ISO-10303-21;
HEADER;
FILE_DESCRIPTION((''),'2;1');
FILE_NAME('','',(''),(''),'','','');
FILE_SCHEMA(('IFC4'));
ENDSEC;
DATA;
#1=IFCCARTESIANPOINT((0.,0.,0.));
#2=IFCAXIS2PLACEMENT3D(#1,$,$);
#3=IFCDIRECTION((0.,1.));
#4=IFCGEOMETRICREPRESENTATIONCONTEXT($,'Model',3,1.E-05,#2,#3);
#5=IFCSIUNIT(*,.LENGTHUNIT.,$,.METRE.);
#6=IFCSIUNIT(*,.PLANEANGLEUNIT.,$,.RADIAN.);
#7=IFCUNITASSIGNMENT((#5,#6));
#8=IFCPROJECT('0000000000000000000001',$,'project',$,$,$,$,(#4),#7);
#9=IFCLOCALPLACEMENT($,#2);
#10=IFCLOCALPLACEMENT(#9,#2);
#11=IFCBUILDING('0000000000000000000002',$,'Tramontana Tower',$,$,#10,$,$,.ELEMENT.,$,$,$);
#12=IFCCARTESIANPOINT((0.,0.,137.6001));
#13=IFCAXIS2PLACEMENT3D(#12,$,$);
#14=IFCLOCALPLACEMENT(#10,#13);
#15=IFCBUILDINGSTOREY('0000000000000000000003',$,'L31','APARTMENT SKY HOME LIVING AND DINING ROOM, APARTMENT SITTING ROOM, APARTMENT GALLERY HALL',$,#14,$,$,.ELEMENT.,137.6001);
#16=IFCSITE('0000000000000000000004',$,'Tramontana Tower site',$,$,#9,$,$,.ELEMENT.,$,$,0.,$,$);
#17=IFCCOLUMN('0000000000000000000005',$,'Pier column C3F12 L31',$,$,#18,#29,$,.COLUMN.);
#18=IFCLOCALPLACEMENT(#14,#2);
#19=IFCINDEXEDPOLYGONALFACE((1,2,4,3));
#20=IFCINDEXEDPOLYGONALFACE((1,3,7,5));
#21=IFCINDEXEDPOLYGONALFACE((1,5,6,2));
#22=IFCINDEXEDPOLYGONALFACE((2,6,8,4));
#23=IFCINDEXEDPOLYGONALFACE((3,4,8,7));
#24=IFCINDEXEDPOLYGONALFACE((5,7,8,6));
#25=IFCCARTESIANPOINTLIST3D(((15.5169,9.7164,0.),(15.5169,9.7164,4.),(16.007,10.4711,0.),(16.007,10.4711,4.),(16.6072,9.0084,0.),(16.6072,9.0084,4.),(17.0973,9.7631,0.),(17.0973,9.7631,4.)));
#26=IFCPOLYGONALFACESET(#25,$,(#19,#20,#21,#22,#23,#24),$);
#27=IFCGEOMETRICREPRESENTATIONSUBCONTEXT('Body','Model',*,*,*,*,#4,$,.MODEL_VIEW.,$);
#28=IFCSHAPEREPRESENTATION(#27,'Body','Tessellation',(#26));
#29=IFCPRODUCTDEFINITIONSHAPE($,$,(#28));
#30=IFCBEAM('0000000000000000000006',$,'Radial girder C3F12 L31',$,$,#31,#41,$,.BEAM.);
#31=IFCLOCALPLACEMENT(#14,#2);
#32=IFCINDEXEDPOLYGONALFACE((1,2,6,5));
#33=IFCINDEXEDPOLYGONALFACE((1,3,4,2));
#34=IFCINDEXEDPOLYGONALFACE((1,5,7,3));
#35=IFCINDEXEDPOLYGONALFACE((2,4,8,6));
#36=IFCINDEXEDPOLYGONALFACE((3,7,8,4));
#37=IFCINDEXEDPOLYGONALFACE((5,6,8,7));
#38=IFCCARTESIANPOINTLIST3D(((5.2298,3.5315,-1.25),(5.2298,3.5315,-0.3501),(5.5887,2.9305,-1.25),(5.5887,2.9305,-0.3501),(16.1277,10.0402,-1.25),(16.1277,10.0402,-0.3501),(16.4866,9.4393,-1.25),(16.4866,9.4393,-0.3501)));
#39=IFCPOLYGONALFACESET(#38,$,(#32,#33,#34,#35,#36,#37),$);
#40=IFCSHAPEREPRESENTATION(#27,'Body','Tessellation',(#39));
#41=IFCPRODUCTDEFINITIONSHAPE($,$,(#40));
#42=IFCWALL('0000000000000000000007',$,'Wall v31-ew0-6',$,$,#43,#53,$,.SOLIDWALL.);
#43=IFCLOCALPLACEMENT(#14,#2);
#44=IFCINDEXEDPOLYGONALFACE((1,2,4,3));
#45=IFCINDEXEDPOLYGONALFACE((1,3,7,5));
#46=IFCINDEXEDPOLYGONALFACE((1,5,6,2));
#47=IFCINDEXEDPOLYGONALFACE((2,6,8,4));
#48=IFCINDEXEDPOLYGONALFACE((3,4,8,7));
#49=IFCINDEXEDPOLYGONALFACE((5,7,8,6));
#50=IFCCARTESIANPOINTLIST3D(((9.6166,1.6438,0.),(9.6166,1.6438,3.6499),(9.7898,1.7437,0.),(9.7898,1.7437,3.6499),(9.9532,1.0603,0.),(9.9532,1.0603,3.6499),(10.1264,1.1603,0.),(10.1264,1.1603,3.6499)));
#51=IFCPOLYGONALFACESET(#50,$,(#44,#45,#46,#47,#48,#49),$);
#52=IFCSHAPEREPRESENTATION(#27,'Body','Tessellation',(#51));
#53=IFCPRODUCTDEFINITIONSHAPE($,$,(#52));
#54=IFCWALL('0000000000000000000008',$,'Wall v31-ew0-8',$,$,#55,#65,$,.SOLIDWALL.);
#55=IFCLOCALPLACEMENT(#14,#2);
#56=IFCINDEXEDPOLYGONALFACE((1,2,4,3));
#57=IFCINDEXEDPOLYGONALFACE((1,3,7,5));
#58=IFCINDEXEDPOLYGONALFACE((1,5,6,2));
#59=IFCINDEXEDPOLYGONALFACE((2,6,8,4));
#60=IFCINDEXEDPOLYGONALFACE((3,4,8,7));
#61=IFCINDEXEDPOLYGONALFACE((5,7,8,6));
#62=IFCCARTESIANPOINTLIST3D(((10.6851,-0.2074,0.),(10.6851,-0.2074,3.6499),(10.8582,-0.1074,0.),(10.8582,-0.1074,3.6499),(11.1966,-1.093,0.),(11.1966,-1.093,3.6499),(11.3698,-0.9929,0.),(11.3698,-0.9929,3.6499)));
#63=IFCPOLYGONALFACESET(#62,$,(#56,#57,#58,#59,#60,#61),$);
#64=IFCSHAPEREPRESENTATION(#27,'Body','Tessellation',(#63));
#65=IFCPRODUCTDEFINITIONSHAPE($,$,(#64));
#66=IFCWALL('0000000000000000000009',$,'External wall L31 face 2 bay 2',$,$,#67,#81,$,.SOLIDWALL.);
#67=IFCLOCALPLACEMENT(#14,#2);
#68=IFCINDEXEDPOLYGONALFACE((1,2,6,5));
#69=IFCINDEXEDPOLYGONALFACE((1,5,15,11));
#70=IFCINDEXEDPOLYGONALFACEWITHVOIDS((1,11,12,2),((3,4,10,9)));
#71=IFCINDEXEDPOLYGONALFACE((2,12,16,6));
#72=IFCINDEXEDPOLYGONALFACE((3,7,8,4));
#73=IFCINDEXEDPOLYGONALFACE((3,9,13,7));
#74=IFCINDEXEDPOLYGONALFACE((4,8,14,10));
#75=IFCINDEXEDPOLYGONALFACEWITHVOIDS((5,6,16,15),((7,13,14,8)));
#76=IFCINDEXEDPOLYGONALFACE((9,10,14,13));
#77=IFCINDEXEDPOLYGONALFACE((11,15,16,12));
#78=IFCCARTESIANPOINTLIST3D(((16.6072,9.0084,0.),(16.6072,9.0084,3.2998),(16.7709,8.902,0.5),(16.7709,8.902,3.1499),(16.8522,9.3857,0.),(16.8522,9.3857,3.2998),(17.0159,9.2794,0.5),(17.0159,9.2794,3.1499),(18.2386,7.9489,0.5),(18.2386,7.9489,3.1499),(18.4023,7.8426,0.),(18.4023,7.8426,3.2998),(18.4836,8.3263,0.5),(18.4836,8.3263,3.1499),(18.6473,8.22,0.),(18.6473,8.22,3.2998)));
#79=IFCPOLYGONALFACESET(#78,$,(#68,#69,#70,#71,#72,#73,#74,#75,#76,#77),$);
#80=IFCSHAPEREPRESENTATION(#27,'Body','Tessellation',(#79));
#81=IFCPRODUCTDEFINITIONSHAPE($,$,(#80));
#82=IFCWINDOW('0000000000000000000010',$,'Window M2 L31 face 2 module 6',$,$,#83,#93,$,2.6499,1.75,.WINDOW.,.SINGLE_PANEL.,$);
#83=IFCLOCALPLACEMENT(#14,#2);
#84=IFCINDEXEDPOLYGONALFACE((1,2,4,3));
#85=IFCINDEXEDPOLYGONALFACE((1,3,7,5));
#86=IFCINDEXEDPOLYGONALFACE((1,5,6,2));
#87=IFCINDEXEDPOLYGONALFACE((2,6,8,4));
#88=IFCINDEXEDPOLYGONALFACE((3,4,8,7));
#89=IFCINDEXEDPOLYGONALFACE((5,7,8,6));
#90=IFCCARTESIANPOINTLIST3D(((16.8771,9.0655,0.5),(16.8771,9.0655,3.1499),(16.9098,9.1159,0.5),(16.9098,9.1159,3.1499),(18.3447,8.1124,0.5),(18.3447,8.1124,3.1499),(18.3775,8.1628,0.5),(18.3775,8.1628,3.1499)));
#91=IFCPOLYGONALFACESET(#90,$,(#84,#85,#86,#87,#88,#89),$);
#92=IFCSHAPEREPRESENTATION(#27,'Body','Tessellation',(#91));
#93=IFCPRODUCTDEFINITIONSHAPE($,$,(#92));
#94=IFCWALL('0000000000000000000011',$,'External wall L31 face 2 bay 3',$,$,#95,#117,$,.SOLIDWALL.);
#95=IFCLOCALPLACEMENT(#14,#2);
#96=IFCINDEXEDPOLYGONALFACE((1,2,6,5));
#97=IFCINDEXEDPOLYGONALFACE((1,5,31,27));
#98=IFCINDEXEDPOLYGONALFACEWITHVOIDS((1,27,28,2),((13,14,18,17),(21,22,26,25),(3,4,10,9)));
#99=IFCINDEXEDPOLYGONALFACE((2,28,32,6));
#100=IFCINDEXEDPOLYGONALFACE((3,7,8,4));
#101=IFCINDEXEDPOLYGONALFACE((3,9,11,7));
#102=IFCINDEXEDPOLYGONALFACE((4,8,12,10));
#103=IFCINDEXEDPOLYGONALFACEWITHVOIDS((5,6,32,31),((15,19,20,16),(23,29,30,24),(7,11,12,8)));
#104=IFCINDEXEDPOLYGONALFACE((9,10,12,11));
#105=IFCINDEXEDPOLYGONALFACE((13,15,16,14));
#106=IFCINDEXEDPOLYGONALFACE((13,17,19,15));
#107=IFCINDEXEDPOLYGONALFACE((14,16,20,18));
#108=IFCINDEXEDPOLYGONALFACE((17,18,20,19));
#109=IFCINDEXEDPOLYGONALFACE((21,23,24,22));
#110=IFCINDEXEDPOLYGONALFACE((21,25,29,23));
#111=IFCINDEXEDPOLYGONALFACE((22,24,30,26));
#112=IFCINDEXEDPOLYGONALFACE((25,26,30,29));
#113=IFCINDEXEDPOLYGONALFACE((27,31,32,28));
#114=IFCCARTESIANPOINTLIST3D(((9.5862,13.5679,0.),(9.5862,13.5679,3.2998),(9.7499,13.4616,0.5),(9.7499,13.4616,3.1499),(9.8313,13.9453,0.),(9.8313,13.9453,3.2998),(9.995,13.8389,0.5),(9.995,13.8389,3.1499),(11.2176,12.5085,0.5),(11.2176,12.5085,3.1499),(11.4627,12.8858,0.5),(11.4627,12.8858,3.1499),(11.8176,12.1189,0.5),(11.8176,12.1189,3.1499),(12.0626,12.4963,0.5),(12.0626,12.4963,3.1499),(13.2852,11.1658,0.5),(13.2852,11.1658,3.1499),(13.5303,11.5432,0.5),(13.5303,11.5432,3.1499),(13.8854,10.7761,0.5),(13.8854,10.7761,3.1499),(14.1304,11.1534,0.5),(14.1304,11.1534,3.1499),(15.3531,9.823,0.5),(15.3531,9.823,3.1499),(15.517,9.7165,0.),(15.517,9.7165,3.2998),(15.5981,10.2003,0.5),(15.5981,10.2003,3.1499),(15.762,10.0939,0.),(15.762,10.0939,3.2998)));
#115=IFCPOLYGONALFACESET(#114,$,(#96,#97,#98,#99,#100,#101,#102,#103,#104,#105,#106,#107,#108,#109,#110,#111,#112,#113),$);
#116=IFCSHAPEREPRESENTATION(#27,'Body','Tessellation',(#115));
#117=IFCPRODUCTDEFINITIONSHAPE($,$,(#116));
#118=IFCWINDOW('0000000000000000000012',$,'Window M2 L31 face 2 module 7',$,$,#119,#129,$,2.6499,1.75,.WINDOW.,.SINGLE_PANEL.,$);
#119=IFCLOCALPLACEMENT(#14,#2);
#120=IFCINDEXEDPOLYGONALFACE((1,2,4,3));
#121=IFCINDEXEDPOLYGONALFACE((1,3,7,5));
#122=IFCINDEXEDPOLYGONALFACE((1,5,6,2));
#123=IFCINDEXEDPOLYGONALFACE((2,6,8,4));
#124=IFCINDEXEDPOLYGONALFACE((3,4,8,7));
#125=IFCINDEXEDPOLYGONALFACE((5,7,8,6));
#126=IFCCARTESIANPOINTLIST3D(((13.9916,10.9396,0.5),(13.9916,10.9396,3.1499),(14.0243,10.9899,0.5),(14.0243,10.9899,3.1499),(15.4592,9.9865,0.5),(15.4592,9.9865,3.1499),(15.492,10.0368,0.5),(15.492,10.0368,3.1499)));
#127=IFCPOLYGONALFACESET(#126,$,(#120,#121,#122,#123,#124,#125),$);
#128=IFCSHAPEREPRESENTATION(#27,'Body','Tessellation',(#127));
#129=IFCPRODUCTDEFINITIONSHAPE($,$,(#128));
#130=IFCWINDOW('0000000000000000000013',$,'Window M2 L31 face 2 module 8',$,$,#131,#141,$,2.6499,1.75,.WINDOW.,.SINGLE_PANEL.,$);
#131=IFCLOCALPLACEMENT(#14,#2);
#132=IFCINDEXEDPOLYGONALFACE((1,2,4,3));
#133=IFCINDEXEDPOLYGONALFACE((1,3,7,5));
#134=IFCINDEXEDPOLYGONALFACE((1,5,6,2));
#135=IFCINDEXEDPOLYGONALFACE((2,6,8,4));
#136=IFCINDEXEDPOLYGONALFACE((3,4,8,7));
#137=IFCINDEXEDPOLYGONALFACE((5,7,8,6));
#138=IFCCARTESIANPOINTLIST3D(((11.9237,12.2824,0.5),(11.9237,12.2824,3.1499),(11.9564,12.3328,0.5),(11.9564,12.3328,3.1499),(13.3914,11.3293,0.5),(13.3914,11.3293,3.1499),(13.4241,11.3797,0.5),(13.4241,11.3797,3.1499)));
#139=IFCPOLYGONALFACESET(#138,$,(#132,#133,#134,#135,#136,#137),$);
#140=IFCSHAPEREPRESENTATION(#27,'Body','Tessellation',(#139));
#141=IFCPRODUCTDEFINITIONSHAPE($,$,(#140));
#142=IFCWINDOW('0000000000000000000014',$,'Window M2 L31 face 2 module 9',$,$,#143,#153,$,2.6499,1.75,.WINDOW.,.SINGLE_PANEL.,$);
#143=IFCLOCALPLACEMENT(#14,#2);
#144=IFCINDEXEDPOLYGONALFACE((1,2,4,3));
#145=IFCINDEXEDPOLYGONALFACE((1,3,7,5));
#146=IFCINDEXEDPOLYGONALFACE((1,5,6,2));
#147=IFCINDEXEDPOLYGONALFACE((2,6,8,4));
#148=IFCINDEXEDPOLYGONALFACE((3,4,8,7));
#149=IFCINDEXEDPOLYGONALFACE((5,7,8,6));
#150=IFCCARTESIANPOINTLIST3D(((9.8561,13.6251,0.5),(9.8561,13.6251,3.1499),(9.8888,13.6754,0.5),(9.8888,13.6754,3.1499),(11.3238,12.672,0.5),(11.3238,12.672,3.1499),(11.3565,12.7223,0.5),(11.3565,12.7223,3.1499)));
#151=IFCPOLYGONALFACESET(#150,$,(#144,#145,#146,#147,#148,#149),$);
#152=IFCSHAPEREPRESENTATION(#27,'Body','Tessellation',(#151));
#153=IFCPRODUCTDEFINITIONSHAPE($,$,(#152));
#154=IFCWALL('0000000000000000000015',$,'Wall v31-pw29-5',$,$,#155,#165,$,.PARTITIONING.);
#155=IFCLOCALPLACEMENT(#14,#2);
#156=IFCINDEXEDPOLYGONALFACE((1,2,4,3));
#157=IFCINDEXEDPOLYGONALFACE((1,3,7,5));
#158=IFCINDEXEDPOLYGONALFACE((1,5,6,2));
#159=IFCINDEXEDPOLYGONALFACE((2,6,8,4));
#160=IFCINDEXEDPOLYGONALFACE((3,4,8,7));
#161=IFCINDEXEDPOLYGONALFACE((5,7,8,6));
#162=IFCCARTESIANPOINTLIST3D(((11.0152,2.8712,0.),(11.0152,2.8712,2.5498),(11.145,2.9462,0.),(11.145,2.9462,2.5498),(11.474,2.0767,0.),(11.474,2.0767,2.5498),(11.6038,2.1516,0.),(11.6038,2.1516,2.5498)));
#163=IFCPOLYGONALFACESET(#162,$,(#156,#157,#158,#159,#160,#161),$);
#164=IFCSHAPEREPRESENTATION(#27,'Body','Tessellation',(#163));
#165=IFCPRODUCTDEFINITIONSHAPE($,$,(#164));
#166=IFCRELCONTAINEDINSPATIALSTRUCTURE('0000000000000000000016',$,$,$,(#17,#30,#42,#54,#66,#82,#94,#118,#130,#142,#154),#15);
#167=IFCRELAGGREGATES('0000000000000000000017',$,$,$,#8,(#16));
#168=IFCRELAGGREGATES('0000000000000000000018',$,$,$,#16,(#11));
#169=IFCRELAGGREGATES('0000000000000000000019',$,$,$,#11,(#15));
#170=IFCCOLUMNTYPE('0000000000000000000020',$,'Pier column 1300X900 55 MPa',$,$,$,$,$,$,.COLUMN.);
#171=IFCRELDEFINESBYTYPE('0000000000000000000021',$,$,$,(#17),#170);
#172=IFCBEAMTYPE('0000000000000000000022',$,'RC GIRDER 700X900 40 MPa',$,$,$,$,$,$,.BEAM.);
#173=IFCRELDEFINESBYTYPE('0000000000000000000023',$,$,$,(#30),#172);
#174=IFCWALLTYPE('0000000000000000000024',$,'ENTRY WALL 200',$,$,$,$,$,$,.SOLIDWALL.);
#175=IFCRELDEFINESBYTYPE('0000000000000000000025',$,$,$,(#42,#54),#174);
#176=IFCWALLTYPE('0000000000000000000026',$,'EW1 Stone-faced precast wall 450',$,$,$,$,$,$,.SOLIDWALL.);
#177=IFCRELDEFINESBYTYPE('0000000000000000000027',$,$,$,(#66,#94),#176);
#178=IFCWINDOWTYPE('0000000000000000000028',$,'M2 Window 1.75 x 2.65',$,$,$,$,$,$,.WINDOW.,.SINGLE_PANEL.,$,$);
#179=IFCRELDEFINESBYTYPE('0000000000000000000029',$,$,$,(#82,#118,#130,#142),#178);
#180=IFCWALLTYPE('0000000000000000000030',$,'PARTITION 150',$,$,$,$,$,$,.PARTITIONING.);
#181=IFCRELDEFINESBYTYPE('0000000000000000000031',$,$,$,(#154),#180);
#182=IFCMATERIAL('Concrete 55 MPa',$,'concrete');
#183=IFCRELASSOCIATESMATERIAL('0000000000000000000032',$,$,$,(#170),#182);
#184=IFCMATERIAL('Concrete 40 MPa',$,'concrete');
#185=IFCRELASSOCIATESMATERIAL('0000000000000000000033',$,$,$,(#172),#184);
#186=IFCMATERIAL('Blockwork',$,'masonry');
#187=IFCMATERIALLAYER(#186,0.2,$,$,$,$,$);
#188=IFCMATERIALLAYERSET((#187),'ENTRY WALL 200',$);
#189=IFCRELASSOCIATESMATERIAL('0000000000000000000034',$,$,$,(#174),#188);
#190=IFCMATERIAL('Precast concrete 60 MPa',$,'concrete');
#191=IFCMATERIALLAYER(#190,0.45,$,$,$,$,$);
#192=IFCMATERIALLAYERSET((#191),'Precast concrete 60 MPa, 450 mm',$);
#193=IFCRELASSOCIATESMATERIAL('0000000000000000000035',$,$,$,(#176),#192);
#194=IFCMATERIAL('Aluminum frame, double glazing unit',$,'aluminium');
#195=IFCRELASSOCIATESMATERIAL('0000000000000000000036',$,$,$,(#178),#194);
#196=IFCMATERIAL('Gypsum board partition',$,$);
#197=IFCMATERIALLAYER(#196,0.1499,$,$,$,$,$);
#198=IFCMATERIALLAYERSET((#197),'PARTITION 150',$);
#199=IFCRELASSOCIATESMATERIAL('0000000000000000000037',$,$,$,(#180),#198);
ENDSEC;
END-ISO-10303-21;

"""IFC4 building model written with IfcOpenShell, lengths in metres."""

from ifc_helpers import new_model, si_unit, direction, frame, frame_2d, origin, origin_2d, place, context, subcontext, project, spatial, rectangle, extrude, material, layer, layer_set, material_profile, profile_set, type_object, element, fill, save


model = new_model("IFC4")

# Units and contexts
model_context = context("Model", 3, precision=1e-05, world=origin(), true_north=direction((0.0, 1.0)))
body_context = subcontext(model_context, "Body", "Model", "MODEL_VIEW")
ifc_project = project(units=[si_unit("LENGTHUNIT", "METRE"), si_unit("PLANEANGLEUNIT", "RADIAN")], contexts=[model_context])

# Site, building, storey
site_placement = place(None, origin())
site = spatial("IfcSite", under=ifc_project, at=site_placement, Name="Tramontana Tower site", CompositionType="ELEMENT", RefElevation=0.0)
building_placement = place(site_placement, origin())
building = spatial("IfcBuilding", under=site, at=building_placement, Name="Tramontana Tower", CompositionType="ELEMENT")
storey_placement = place(building_placement, frame((0.0, 0.0, 137.6001)))
storey = spatial("IfcBuildingStorey", under=building, at=storey_placement, Name="L31", Description="APARTMENT SKY HOME LIVING AND DINING ROOM, APARTMENT SITTING ROOM, APARTMENT GALLERY HALL", CompositionType="ELEMENT", Elevation=137.6001)

# Column
ifc_material_1 = material(Name="Concrete 55 MPa", Category="concrete")
ifc_material_profile_1 = material_profile(ifc_material_1, rectangle(XDim=1.3, YDim=0.8999, at=origin_2d()), Name="Pier column 1300X900 55 MPa")
ifc_profile_set_1 = profile_set([ifc_material_profile_1], Name="Concrete 55 MPa")
column_type = type_object("IfcColumnType", Name="Pier column 1300X900 55 MPa", PredefinedType="COLUMN", material=ifc_profile_set_1)
column_placement = place(storey_placement, frame((16.3071, 9.7397, 0.0), z_axis=(0.0, 0.0, 1.0), x_axis=(-0.838671, 0.544639, 0.0)))
element("IfcColumn", 1, at=column_placement, inside=storey, type_object=column_type, Name="Pier column C3F12 L31", PredefinedType="COLUMN", context=body_context, shape_type="SweptSolid", body=[
    extrude(rectangle(XDim=1.3, YDim=0.8999, at=origin_2d()), origin(), (0.0, 0.0, 1.0), 4.0),
])

# Beam
ifc_material_2 = material(Name="Concrete 40 MPa", Category="concrete")
ifc_material_profile_2 = material_profile(ifc_material_2, rectangle(XDim=0.7, YDim=0.8999, at=origin_2d()), Name="RC GIRDER 700X900 40 MPa")
ifc_profile_set_2 = profile_set([ifc_material_profile_2], Name="Concrete 40 MPa")
beam_type = type_object("IfcBeamType", Name="RC GIRDER 700X900 40 MPa", PredefinedType="BEAM", material=ifc_profile_set_2)
beam_placement = place(storey_placement, frame((16.3071, 9.7397, -0.8), z_axis=(-0.858533, -0.512758, 0.0), x_axis=(0.512758, -0.858533, 0.0)))
element("IfcBeam", 2, at=beam_placement, inside=storey, type_object=beam_type, Name="Radial girder C3F12 L31", PredefinedType="BEAM", context=body_context, shape_type="SweptSolid", body=[
    extrude(rectangle(XDim=0.7, YDim=0.8999, at=origin_2d()), origin(), (0.0, 0.0, 1.0), 12.6936),
])

# Wall
ifc_material_3 = material(Name="Blockwork", Category="masonry")
ifc_layer_1 = layer(ifc_material_3, 0.2)
ifc_layer_set_1 = layer_set([ifc_layer_1], Name="ENTRY WALL 200")
wall_type_1 = type_object("IfcWallType", Name="ENTRY WALL 200", PredefinedType="SOLIDWALL", material=ifc_layer_set_1)
wall_1_placement = place(storey_placement, frame((9.7031, 1.6938, 0.0), z_axis=(0.0, 0.0, 1.0), x_axis=(0.499764, -0.866161, 0.0)))
element("IfcWall", 3, at=wall_1_placement, inside=storey, type_object=wall_type_1, Name="Wall v31-ew0-6", PredefinedType="SOLIDWALL", context=body_context, shape_type="SweptSolid", body=[
    extrude(rectangle(XDim=0.6736, YDim=0.2, at=frame_2d((0.3369, 0.0))), origin(), (0.0, 0.0, 1.0), 3.6499),
])

# Wall
wall_2_placement = place(storey_placement, frame((10.7717, -0.1575, 0.0), z_axis=(0.0, 0.0, 1.0), x_axis=(0.50017, -0.865927, 0.0)))
element("IfcWall", 4, at=wall_2_placement, inside=storey, type_object=wall_type_1, Name="Wall v31-ew0-8", PredefinedType="SOLIDWALL", context=body_context, shape_type="SweptSolid", body=[
    extrude(rectangle(XDim=1.0227, YDim=0.2, at=frame_2d((0.5112, 0.0))), origin(), (0.0, 0.0, 1.0), 3.6499),
])

# Wall, opening, window
ifc_material_4 = material(Name="Precast concrete 60 MPa", Category="concrete")
ifc_layer_2 = layer(ifc_material_4, 0.45)
ifc_layer_set_2 = layer_set([ifc_layer_2], Name="Precast concrete 60 MPa, 450 mm")
wall_type_2 = type_object("IfcWallType", Name="EW1 Stone-faced precast wall 450", PredefinedType="SOLIDWALL", material=ifc_layer_set_2)
wall_3_placement = place(storey_placement, frame((18.5249, 8.0312, 0.0), z_axis=(0.0, 0.0, 1.0), x_axis=(-0.838675, 0.544631, 0.0)))
wall_3 = element("IfcWall", 5, at=wall_3_placement, inside=storey, type_object=wall_type_2, Name="External wall L31 face 2 bay 2", PredefinedType="SOLIDWALL", context=body_context, shape_type="SweptSolid", body=[
    extrude(rectangle(XDim=2.1404, YDim=0.45, at=frame_2d((1.0703, 0.0))), origin(), (0.0, 0.0, 1.0), 3.2998),
])
opening_1_placement = place(wall_3_placement, frame((0.1953, 0.0, 0.5)))
opening_1 = element("IfcOpeningElement", 6, at=opening_1_placement, cuts=wall_3, PredefinedType="OPENING", context=body_context, shape_type="SweptSolid", body=[
    extrude(rectangle(XDim=1.75, YDim=2.6499, at=frame_2d((0.875, 1.325))), frame((0.0, 0.2349, 0.0), z_axis=(0.0, -1.0, 0.0), x_axis=(1.0, 0.0, 0.0)), (0.0, 0.0, 1.0), 0.47),
])
ifc_material_5 = material(Name="Aluminum frame, double glazing unit", Category="aluminium")
window_type = type_object("IfcWindowType", Name="M2 Window 1.75 x 2.65", PartitioningType="SINGLE_PANEL", PredefinedType="WINDOW", material=ifc_material_5)
window_1_placement = place(opening_1_placement, origin())
window_1 = element("IfcWindow", 7, at=window_1_placement, inside=storey, type_object=window_type, Name="Window M2 L31 face 2 module 6", OverallHeight=2.6499, OverallWidth=1.75, PartitioningType="SINGLE_PANEL", PredefinedType="WINDOW", context=body_context, shape_type="SweptSolid", body=[
    extrude(rectangle(XDim=1.75, YDim=2.6499, at=frame_2d((0.875, 1.325))), frame((0.0, 0.03, 0.0), z_axis=(0.0, -1.0, 0.0), x_axis=(1.0, 0.0, 0.0)), (0.0, 0.0, 1.0), 0.0601),
])
fill(opening_1, window_1)

# Wall, openings, windows
wall_4_placement = place(storey_placement, frame((15.6394, 9.9053, 0.0), z_axis=(0.0, 0.0, 1.0), x_axis=(-0.838677, 0.544629, 0.0)))
wall_4 = element("IfcWall", 8, at=wall_4_placement, inside=storey, type_object=wall_type_2, Name="External wall L31 face 2 bay 3", PredefinedType="SOLIDWALL", context=body_context, shape_type="SweptSolid", body=[
    extrude(rectangle(XDim=7.0715, YDim=0.45, at=frame_2d((3.5356, 0.0))), origin(), (0.0, 0.0, 1.0), 3.2998),
])
opening_2_placement = place(wall_4_placement, frame((0.1953, 0.0, 0.5)))
opening_2 = element("IfcOpeningElement", 9, at=opening_2_placement, cuts=wall_4, PredefinedType="OPENING", context=body_context, shape_type="SweptSolid", body=[
    extrude(rectangle(XDim=1.75, YDim=2.6499, at=frame_2d((0.875, 1.325))), frame((0.0, 0.2349, 0.0), z_axis=(0.0, -1.0, 0.0), x_axis=(1.0, 0.0, 0.0)), (0.0, 0.0, 1.0), 0.47),
])
opening_3_placement = place(wall_4_placement, frame((2.6609, 0.0, 0.5)))
opening_3 = element("IfcOpeningElement", 10, at=opening_3_placement, cuts=wall_4, PredefinedType="OPENING", context=body_context, shape_type="SweptSolid", body=[
    extrude(rectangle(XDim=1.75, YDim=2.6499, at=frame_2d((0.875, 1.325))), frame((0.0, 0.2349, 0.0), z_axis=(0.0, -1.0, 0.0), x_axis=(1.0, 0.0, 0.0)), (0.0, 0.0, 1.0), 0.47),
])
opening_4_placement = place(wall_4_placement, frame((5.1262, 0.0, 0.5)))
opening_4 = element("IfcOpeningElement", 11, at=opening_4_placement, cuts=wall_4, PredefinedType="OPENING", context=body_context, shape_type="SweptSolid", body=[
    extrude(rectangle(XDim=1.75, YDim=2.6499, at=frame_2d((0.875, 1.325))), frame((0.0, 0.2349, 0.0), z_axis=(0.0, -1.0, 0.0), x_axis=(1.0, 0.0, 0.0)), (0.0, 0.0, 1.0), 0.47),
])
window_2_placement = place(opening_2_placement, origin())
window_2 = element("IfcWindow", 12, at=window_2_placement, inside=storey, type_object=window_type, Name="Window M2 L31 face 2 module 7", OverallHeight=2.6499, OverallWidth=1.75, PartitioningType="SINGLE_PANEL", PredefinedType="WINDOW", context=body_context, shape_type="SweptSolid", body=[
    extrude(rectangle(XDim=1.75, YDim=2.6499, at=frame_2d((0.875, 1.325))), frame((0.0, 0.03, 0.0), z_axis=(0.0, -1.0, 0.0), x_axis=(1.0, 0.0, 0.0)), (0.0, 0.0, 1.0), 0.0601),
])
fill(opening_2, window_2)
window_3_placement = place(opening_3_placement, origin())
window_3 = element("IfcWindow", 13, at=window_3_placement, inside=storey, type_object=window_type, Name="Window M2 L31 face 2 module 8", OverallHeight=2.6499, OverallWidth=1.75, PartitioningType="SINGLE_PANEL", PredefinedType="WINDOW", context=body_context, shape_type="SweptSolid", body=[
    extrude(rectangle(XDim=1.75, YDim=2.6499, at=frame_2d((0.875, 1.325))), frame((0.0, 0.03, 0.0), z_axis=(0.0, -1.0, 0.0), x_axis=(1.0, 0.0, 0.0)), (0.0, 0.0, 1.0), 0.0601),
])
fill(opening_3, window_3)
window_4_placement = place(opening_4_placement, origin())
window_4 = element("IfcWindow", 14, at=window_4_placement, inside=storey, type_object=window_type, Name="Window M2 L31 face 2 module 9", OverallHeight=2.6499, OverallWidth=1.75, PartitioningType="SINGLE_PANEL", PredefinedType="WINDOW", context=body_context, shape_type="SweptSolid", body=[
    extrude(rectangle(XDim=1.75, YDim=2.6499, at=frame_2d((0.875, 1.325))), frame((0.0, 0.03, 0.0), z_axis=(0.0, -1.0, 0.0), x_axis=(1.0, 0.0, 0.0)), (0.0, 0.0, 1.0), 0.0601),
])
fill(opening_4, window_4)

# Wall
ifc_material_6 = material(Name="Gypsum board partition")
ifc_layer_3 = layer(ifc_material_6, 0.1499)
ifc_layer_set_3 = layer_set([ifc_layer_3], Name="PARTITION 150")
wall_type_3 = type_object("IfcWallType", Name="PARTITION 150", PredefinedType="PARTITIONING", material=ifc_layer_set_3)
wall_5_placement = place(storey_placement, frame((11.0801, 2.9087, 0.0), z_axis=(0.0, 0.0, 1.0), x_axis=(0.50006, -0.865991, 0.0)))
element("IfcWall", 15, at=wall_5_placement, inside=storey, type_object=wall_type_3, Name="Wall v31-pw29-5", PredefinedType="PARTITIONING", context=body_context, shape_type="SweptSolid", body=[
    extrude(rectangle(XDim=0.9175, YDim=0.1499, at=frame_2d((0.4587, 0.0))), origin(), (0.0, 0.0, 1.0), 2.5498),
])

save(model, "model.ifc")
